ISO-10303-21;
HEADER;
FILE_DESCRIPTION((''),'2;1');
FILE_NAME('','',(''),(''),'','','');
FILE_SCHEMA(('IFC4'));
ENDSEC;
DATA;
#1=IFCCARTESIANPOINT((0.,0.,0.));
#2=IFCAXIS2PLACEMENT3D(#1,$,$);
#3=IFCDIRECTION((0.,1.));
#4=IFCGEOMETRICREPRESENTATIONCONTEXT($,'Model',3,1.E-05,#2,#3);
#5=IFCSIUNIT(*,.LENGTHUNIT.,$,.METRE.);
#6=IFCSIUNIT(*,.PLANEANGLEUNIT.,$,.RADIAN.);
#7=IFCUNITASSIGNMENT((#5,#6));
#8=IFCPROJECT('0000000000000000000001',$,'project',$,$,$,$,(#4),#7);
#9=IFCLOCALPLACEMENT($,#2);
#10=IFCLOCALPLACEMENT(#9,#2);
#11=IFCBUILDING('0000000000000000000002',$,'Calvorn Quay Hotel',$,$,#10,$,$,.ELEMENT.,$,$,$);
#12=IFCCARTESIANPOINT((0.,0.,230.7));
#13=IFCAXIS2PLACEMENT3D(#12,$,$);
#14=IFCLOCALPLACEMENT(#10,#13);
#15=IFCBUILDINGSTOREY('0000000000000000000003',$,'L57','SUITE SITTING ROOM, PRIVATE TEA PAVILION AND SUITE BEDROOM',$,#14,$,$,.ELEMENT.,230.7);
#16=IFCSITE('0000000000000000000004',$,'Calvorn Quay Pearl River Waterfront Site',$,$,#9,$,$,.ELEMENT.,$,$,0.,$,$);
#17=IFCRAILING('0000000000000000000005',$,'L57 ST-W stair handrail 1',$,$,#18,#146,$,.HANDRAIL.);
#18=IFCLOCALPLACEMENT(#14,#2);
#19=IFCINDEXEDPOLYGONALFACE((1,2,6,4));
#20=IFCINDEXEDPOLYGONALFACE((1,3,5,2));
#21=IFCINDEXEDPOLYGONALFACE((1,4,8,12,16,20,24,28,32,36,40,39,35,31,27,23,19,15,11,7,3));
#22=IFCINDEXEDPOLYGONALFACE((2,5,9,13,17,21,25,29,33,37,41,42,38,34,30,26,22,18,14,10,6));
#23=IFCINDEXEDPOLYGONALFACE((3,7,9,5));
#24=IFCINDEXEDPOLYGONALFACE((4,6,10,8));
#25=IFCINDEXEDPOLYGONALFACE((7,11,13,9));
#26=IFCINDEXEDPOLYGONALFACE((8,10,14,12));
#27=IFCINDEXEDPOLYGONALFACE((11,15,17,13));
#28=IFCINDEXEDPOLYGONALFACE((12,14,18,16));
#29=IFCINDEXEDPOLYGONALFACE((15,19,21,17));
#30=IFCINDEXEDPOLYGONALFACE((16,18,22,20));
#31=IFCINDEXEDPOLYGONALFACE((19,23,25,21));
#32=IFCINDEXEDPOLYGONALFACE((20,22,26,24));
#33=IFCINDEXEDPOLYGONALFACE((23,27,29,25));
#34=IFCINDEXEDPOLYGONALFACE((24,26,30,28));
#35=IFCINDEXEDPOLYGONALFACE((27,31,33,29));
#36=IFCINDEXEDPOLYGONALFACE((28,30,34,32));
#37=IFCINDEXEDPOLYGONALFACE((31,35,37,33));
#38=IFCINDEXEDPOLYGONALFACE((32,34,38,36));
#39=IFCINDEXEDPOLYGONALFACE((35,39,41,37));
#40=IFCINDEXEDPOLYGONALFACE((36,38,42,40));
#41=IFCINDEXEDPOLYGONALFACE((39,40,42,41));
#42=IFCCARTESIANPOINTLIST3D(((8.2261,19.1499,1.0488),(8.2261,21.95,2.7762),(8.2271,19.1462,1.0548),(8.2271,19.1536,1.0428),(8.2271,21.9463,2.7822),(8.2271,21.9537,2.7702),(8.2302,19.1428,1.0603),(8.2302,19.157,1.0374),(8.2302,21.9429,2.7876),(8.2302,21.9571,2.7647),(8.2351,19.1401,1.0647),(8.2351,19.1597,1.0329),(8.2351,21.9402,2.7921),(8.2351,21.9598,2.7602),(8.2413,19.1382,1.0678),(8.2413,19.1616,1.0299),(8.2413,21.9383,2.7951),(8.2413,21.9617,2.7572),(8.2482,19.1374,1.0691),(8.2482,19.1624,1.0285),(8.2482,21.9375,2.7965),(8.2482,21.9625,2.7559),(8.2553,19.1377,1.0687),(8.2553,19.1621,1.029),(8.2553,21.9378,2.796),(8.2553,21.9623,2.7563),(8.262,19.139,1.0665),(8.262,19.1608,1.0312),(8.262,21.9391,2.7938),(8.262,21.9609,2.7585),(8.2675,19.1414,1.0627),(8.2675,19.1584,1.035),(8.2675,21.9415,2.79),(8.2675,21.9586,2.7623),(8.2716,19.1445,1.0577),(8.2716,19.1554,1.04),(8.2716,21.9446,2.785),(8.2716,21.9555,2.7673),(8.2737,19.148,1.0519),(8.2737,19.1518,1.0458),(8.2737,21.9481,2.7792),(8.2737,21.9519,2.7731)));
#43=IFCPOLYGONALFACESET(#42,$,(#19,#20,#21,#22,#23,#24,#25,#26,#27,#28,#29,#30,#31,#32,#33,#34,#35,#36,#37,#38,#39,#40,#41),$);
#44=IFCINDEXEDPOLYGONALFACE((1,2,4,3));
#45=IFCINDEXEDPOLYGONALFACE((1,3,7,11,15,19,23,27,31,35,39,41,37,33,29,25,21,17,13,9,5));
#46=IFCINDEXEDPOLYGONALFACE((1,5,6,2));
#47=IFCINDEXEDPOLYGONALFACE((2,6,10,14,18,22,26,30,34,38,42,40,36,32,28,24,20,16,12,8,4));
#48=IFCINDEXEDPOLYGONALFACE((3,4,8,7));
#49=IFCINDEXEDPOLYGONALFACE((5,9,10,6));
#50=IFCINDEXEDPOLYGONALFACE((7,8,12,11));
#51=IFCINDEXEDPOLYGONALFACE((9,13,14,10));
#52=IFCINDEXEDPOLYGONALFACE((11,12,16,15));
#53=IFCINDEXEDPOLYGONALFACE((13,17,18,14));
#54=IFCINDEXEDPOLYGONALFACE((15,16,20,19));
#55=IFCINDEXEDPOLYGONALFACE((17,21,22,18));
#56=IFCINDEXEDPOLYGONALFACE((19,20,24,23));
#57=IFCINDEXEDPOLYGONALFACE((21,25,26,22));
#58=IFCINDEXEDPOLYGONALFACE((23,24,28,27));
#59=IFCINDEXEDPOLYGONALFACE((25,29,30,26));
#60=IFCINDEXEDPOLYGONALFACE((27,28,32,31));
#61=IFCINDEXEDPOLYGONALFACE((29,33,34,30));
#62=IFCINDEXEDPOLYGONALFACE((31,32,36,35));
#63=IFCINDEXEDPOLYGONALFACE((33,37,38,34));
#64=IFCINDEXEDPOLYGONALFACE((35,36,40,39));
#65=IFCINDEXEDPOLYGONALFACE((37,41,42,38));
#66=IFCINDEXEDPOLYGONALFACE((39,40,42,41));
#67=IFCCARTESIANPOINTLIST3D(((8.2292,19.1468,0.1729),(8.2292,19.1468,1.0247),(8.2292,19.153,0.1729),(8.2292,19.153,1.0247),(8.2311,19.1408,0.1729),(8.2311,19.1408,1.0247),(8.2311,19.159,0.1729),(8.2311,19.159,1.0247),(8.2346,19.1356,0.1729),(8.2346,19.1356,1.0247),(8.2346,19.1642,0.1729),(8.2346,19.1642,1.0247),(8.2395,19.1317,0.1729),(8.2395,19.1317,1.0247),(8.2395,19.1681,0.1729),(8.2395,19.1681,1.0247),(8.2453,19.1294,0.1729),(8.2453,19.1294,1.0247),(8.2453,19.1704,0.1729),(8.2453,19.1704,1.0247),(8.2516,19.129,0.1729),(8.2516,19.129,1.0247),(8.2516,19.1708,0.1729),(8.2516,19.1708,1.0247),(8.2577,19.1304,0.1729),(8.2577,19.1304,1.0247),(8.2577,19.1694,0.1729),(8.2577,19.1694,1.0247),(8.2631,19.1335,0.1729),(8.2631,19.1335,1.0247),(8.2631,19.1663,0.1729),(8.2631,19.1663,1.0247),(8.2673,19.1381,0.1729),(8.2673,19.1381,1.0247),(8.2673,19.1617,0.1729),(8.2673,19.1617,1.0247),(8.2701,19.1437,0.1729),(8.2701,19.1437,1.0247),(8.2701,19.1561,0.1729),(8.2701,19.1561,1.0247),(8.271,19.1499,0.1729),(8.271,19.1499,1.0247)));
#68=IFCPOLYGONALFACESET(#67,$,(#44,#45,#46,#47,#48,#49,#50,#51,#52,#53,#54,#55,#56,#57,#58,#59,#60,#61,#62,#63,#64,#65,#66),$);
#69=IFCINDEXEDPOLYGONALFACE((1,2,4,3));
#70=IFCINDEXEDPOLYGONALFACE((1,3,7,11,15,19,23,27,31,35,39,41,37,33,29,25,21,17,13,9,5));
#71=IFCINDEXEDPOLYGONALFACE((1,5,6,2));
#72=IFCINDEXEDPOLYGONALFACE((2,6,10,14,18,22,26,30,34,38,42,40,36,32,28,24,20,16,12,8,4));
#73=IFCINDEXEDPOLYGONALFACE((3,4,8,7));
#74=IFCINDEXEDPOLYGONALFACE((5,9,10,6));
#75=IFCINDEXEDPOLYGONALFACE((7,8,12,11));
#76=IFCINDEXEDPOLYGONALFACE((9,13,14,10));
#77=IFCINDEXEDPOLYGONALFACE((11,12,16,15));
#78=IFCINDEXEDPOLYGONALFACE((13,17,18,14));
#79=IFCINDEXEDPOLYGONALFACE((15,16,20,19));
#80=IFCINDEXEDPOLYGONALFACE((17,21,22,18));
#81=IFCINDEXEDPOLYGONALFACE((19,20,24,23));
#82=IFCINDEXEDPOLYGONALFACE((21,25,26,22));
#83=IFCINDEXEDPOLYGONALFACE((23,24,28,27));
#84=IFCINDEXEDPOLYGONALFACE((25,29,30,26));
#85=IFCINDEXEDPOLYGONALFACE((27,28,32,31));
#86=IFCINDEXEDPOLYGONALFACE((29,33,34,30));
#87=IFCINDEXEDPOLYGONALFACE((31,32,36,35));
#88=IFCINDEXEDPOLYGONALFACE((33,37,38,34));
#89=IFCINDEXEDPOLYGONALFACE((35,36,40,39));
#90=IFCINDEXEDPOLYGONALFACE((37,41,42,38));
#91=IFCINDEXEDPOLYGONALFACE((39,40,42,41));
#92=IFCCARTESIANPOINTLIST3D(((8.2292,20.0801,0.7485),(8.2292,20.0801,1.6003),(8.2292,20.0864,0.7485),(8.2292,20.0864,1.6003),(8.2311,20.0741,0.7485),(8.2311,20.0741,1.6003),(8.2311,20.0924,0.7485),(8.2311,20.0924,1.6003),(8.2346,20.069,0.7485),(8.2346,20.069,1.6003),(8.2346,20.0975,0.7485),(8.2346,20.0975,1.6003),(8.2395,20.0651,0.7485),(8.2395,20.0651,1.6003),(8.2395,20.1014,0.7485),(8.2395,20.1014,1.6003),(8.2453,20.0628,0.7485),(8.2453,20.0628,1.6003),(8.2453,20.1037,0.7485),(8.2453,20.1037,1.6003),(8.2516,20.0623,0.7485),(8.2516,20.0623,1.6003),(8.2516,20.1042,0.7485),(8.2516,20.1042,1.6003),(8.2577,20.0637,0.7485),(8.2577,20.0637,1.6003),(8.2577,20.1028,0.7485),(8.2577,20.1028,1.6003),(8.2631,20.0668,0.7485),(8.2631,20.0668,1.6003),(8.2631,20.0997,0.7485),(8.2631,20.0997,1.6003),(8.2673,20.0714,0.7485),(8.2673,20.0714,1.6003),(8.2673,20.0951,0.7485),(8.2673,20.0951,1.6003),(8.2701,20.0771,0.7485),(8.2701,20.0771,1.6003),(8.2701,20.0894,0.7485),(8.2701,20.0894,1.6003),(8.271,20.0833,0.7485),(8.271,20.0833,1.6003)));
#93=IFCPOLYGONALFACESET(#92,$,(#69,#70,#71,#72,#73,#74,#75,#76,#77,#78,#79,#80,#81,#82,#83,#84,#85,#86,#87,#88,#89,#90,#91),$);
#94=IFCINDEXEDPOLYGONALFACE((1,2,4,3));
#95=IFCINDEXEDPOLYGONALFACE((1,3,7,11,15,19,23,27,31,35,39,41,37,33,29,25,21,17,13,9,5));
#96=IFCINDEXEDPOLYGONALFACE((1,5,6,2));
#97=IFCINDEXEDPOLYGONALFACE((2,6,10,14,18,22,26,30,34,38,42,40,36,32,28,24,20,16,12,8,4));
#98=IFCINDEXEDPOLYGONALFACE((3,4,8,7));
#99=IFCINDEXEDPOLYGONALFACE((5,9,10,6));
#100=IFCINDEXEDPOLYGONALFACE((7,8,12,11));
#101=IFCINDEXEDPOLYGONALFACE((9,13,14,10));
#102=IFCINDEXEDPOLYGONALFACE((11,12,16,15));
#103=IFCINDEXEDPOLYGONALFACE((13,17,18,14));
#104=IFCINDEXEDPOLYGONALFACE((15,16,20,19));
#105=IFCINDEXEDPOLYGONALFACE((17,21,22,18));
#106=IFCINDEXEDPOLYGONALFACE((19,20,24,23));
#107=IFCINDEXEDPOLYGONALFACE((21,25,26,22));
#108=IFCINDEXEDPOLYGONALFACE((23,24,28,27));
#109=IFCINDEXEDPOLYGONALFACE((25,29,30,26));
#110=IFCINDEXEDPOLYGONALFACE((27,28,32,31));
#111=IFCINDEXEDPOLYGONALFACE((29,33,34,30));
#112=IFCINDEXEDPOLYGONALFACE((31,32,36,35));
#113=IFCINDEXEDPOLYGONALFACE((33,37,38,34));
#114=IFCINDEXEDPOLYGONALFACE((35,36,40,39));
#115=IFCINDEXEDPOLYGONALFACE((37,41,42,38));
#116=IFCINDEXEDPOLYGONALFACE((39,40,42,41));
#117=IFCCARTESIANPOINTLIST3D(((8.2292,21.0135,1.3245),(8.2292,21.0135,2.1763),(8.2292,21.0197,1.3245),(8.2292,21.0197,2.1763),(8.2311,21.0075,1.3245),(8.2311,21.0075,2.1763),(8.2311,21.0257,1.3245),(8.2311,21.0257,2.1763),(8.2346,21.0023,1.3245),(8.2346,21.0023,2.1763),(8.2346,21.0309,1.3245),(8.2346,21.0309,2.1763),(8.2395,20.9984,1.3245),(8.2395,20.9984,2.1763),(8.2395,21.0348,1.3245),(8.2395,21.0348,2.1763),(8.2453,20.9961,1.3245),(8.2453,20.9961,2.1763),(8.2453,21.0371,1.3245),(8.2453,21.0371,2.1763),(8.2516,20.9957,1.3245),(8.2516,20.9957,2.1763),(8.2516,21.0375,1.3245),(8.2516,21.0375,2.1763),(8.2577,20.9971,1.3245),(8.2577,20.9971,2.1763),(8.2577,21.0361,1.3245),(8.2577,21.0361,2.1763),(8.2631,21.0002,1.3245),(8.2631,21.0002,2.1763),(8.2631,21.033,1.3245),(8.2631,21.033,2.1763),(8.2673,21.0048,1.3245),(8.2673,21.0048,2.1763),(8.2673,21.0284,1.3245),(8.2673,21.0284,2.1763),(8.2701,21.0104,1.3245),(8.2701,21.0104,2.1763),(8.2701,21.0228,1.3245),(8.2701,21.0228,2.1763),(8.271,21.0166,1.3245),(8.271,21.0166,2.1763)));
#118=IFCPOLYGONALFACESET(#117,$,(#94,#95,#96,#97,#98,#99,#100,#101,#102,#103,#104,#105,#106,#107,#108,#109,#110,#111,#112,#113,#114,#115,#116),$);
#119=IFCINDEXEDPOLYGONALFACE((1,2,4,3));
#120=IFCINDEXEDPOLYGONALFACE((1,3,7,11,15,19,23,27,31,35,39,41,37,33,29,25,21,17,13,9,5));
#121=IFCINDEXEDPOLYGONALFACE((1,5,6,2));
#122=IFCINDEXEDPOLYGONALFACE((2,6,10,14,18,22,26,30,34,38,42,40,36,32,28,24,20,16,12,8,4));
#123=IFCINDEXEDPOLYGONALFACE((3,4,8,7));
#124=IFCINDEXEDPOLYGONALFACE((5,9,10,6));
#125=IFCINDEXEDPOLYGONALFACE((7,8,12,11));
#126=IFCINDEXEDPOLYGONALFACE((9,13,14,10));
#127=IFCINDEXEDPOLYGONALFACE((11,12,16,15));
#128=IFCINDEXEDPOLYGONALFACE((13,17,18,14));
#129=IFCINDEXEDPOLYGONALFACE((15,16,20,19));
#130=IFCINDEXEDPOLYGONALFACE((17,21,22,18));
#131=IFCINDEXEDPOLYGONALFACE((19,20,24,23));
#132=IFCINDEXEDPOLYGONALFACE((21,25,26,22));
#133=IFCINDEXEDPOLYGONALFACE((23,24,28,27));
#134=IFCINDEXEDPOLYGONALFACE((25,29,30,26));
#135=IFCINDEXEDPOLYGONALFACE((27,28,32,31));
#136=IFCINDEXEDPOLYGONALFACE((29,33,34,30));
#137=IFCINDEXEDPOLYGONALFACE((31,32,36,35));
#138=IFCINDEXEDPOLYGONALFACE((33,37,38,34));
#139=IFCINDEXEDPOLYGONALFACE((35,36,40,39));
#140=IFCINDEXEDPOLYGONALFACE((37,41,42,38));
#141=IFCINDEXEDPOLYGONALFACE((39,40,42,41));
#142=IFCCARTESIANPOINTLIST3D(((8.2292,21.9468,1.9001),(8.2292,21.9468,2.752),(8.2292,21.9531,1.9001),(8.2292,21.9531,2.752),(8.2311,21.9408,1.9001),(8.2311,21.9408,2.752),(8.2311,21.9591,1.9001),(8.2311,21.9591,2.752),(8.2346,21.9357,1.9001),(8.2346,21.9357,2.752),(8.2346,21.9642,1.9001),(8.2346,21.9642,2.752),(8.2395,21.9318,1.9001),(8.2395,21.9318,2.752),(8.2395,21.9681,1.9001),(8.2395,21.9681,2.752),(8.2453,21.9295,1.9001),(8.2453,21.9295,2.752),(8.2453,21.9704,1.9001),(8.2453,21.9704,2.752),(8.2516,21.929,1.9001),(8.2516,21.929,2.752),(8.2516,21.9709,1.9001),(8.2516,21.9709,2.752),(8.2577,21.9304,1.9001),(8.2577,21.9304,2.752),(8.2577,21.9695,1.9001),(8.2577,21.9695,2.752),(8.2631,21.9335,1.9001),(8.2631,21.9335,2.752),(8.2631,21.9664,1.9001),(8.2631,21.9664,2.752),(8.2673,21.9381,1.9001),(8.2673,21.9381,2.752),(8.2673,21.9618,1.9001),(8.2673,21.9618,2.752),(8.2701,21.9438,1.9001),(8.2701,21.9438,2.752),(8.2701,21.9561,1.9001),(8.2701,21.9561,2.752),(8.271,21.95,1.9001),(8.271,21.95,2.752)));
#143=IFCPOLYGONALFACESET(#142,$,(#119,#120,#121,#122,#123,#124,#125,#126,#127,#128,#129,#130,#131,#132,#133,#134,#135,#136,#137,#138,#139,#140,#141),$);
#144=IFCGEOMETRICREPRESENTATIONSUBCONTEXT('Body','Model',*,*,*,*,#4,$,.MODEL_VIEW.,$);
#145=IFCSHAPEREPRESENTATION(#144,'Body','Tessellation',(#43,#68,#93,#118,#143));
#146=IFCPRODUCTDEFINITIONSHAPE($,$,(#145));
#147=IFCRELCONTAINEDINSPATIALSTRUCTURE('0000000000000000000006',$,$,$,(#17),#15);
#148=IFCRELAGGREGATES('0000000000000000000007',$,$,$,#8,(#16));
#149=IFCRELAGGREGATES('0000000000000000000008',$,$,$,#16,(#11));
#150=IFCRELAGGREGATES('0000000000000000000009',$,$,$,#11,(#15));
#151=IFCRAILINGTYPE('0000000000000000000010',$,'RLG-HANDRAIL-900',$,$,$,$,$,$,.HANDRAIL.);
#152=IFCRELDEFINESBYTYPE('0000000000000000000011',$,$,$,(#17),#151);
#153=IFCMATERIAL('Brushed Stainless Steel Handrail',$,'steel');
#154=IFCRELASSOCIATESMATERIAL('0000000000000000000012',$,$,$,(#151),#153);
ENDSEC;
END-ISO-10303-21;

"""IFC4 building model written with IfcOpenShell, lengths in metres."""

from ifc_helpers import new_model, si_unit, direction, frame, origin, origin_2d, place, context, subcontext, project, spatial, circle, extrude, material, type_object, element, save


model = new_model("IFC4")

# Units and contexts
model_context = context("Model", 3, precision=1e-05, world=origin(), true_north=direction((0.0, 1.0)))
body_context = subcontext(model_context, "Body", "Model", "MODEL_VIEW")
ifc_project = project(units=[si_unit("LENGTHUNIT", "METRE"), si_unit("PLANEANGLEUNIT", "RADIAN")], contexts=[model_context])

# Site, building, storey
site_placement = place(None, origin())
site = spatial("IfcSite", under=ifc_project, at=site_placement, Name="Calvorn Quay Pearl River Waterfront Site", CompositionType="ELEMENT", RefElevation=0.0)
building_placement = place(site_placement, origin())
building = spatial("IfcBuilding", under=site, at=building_placement, Name="Calvorn Quay Hotel", CompositionType="ELEMENT")
storey_placement = place(building_placement, frame((0.0, 0.0, 230.7)))
storey = spatial("IfcBuildingStorey", under=building, at=storey_placement, Name="L57", Description="SUITE SITTING ROOM, PRIVATE TEA PAVILION AND SUITE BEDROOM", CompositionType="ELEMENT", Elevation=230.7)

# Railing
ifc_material_1 = material(Name="Brushed Stainless Steel Handrail", Category="steel")
railing_type_1 = type_object("IfcRailingType", Name="RLG-HANDRAIL-900", PredefinedType="HANDRAIL", material=ifc_material_1)
railing_1_placement = place(storey_placement, frame((8.25, 19.1499, 0.1729)))
element("IfcRailing", 1, at=railing_1_placement, inside=storey, type_object=railing_type_1, Name="L57 ST-W stair handrail 1", PredefinedType="HANDRAIL", context=body_context, shape_type="SweptSolid", body=[
    extrude(circle(Radius=0.0239, at=origin_2d()), frame((0.0, 0.0, 0.876), z_axis=(0.0, 0.85109, 0.52502), x_axis=(-1.0, 0.0, 0.0)), (0.0, 0.0, 1.0), 3.29),
    extrude(circle(Radius=0.021, at=origin_2d()), origin(), (0.0, 0.0, 1.0), 0.8518),
    extrude(circle(Radius=0.021, at=origin_2d()), frame((0.0, 0.9333, 0.5757)), (0.0, 0.0, 1.0), 0.8518),
    extrude(circle(Radius=0.021, at=origin_2d()), frame((0.0, 1.8667, 1.1516)), (0.0, 0.0, 1.0), 0.8518),
    extrude(circle(Radius=0.021, at=origin_2d()), frame((0.0, 2.8, 1.7273)), (0.0, 0.0, 1.0), 0.8518),
])

save(model, "model.ifc")
